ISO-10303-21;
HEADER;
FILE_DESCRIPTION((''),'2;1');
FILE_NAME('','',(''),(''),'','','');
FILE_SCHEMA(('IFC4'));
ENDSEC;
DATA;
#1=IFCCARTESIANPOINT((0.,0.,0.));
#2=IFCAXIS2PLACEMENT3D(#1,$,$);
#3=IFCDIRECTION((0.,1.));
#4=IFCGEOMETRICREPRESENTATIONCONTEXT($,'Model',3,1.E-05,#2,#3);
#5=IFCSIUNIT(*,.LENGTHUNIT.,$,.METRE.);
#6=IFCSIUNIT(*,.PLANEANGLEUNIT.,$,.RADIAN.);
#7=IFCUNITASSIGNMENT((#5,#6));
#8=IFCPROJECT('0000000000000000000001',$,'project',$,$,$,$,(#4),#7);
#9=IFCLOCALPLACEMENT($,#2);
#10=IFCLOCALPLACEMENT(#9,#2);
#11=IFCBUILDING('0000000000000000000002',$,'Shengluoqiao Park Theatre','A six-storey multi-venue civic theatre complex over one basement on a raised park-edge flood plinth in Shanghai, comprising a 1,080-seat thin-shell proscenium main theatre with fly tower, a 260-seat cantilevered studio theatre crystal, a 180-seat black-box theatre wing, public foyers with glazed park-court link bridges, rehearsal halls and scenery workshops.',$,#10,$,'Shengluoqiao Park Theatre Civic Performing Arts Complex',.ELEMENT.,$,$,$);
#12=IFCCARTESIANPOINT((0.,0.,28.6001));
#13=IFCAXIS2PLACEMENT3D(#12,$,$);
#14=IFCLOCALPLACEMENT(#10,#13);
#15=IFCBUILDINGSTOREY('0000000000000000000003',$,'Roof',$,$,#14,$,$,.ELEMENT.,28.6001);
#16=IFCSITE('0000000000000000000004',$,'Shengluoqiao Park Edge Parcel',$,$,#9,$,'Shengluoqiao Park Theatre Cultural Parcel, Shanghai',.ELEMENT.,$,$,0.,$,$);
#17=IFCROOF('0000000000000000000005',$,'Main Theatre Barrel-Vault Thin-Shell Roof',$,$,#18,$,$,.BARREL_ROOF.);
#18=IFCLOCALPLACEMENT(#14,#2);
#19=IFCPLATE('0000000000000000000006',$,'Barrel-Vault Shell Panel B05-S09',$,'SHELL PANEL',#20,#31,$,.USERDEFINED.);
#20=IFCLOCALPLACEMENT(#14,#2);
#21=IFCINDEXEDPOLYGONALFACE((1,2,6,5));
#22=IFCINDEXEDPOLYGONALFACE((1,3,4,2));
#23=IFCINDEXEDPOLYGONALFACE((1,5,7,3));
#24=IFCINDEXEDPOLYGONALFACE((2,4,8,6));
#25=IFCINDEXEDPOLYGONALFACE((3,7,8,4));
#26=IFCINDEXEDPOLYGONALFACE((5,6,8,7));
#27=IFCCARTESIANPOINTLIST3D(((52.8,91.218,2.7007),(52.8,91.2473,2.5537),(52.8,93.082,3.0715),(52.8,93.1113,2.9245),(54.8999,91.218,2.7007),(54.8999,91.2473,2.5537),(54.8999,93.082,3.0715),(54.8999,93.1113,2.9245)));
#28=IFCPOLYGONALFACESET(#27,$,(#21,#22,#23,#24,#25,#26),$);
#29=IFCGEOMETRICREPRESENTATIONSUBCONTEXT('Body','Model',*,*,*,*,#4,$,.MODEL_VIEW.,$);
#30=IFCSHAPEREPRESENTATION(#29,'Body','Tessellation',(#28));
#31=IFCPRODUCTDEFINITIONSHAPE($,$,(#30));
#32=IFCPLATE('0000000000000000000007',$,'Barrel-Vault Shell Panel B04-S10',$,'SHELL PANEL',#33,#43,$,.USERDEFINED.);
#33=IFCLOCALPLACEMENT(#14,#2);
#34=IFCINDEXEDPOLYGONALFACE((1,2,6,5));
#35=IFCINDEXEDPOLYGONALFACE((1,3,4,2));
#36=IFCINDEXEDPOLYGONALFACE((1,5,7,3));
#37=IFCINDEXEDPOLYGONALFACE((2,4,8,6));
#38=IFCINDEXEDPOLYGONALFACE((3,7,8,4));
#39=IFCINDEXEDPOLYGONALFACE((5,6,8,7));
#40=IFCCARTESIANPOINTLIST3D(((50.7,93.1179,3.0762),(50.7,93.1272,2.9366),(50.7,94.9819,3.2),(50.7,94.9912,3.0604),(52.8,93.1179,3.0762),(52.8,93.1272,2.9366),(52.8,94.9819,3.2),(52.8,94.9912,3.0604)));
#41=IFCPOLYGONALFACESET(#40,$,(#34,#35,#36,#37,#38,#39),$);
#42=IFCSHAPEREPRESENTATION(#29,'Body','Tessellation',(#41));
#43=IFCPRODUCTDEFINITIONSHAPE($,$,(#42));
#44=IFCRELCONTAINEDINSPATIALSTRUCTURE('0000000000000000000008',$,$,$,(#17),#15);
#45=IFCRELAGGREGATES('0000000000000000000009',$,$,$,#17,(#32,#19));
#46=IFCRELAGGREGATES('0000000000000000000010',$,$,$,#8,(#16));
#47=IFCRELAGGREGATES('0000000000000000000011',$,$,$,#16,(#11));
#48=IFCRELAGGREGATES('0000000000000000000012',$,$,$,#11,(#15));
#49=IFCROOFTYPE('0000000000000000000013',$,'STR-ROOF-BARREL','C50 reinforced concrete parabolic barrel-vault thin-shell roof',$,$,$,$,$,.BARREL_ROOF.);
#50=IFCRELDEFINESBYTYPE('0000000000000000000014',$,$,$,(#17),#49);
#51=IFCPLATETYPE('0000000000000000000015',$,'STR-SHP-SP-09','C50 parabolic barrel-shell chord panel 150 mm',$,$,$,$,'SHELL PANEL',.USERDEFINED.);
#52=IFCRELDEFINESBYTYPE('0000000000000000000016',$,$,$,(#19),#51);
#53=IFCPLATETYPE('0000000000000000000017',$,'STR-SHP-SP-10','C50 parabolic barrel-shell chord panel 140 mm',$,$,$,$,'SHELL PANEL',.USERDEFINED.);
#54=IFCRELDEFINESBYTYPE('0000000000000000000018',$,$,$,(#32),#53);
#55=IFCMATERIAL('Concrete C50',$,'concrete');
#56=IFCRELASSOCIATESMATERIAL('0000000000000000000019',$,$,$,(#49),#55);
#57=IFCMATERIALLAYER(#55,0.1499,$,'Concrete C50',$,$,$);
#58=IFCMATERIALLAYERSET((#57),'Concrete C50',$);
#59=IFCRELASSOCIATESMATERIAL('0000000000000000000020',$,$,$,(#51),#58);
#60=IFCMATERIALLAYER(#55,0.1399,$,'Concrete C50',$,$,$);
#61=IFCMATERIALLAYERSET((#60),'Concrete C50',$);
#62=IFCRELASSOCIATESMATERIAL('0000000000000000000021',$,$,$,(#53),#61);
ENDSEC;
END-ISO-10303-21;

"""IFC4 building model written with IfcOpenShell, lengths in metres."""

from ifc_helpers import new_model, si_unit, direction, frame, origin, place, context, subcontext, project, spatial, polyline, outline, extrude, material, layer, layer_set, type_object, element, aggregate, save


model = new_model("IFC4")

# Units and contexts
model_context = context("Model", 3, precision=1e-05, world=origin(), true_north=direction((0.0, 1.0)))
body_context = subcontext(model_context, "Body", "Model", "MODEL_VIEW")
ifc_project = project(units=[si_unit("LENGTHUNIT", "METRE"), si_unit("PLANEANGLEUNIT", "RADIAN")], contexts=[model_context])

# Site, building, storey
site_placement = place(None, origin())
site = spatial("IfcSite", under=ifc_project, at=site_placement, Name="Shengluoqiao Park Edge Parcel", LongName="Shengluoqiao Park Theatre Cultural Parcel, Shanghai", CompositionType="ELEMENT", RefElevation=0.0)
building_placement = place(site_placement, origin())
building = spatial("IfcBuilding", under=site, at=building_placement, Name="Shengluoqiao Park Theatre", Description="A six-storey multi-venue civic theatre complex over one basement on a raised park-edge flood plinth in Shanghai, comprising a 1,080-seat thin-shell proscenium main theatre with fly tower, a 260-seat cantilevered studio theatre crystal, a 180-seat black-box theatre wing, public foyers with glazed park-court link bridges, rehearsal halls and scenery workshops.", LongName="Shengluoqiao Park Theatre Civic Performing Arts Complex", CompositionType="ELEMENT")
storey_placement = place(building_placement, frame((0.0, 0.0, 28.6001)))
storey = spatial("IfcBuildingStorey", under=building, at=storey_placement, Name="Roof", CompositionType="ELEMENT", Elevation=28.6001)

# Shared definitions
ifc_material_1 = material(Name="Concrete C50", Category="concrete")

# Roof, plates
roof_type = type_object("IfcRoofType", Name="STR-ROOF-BARREL", Description="C50 reinforced concrete parabolic barrel-vault thin-shell roof", PredefinedType="BARREL_ROOF", material=ifc_material_1)
roof_placement = place(storey_placement, origin())
roof = element("IfcRoof", 1, at=roof_placement, inside=storey, type_object=roof_type, Name="Main Theatre Barrel-Vault Thin-Shell Roof", PredefinedType="BARREL_ROOF")
ifc_layer_1 = layer(ifc_material_1, 0.1499, Name="Concrete C50")
ifc_layer_set_1 = layer_set([ifc_layer_1], Name="Concrete C50")
plate_type_1 = type_object("IfcPlateType", Name="STR-SHP-SP-09", Description="C50 parabolic barrel-shell chord panel 150 mm", ElementType="SHELL PANEL", PredefinedType="USERDEFINED", material=ifc_layer_set_1)
plate_1_placement = place(storey_placement, frame((52.8, 91.218, 2.7007), z_axis=(0.0, -0.195128, 0.980778), x_axis=(1.0, 0.0, 0.0)))
plate_1 = element("IfcPlate", 2, at=plate_1_placement, type_object=plate_type_1, Name="Barrel-Vault Shell Panel B05-S09", ObjectType="SHELL PANEL", PredefinedType="USERDEFINED", context=body_context, shape_type="SweptSolid", body=[
    extrude(outline(polyline([(0.0, 0.0), (2.0999, 0.0), (2.0999, 1.9005), (0.0, 1.9005), (0.0, 0.0)])), origin(), (0.0, 0.0, -1.0), 0.1499),
])
ifc_layer_2 = layer(ifc_material_1, 0.1399, Name="Concrete C50")
ifc_layer_set_2 = layer_set([ifc_layer_2], Name="Concrete C50")
plate_type_2 = type_object("IfcPlateType", Name="STR-SHP-SP-10", Description="C50 parabolic barrel-shell chord panel 140 mm", ElementType="SHELL PANEL", PredefinedType="USERDEFINED", material=ifc_layer_set_2)
plate_2_placement = place(storey_placement, frame((50.7, 93.1179, 3.0762), z_axis=(0.0, -0.066259, 0.997802), x_axis=(1.0, 0.0, 0.0)))
plate_2 = element("IfcPlate", 3, at=plate_2_placement, type_object=plate_type_2, Name="Barrel-Vault Shell Panel B04-S10", ObjectType="SHELL PANEL", PredefinedType="USERDEFINED", context=body_context, shape_type="SweptSolid", body=[
    extrude(outline(polyline([(0.0, 0.0), (2.1001, 0.0), (2.1001, 1.8681), (0.0, 1.8681), (0.0, 0.0)])), origin(), (0.0, 0.0, -1.0), 0.1399),
])
aggregate(roof, [plate_2, plate_1])

save(model, "model.ifc")
